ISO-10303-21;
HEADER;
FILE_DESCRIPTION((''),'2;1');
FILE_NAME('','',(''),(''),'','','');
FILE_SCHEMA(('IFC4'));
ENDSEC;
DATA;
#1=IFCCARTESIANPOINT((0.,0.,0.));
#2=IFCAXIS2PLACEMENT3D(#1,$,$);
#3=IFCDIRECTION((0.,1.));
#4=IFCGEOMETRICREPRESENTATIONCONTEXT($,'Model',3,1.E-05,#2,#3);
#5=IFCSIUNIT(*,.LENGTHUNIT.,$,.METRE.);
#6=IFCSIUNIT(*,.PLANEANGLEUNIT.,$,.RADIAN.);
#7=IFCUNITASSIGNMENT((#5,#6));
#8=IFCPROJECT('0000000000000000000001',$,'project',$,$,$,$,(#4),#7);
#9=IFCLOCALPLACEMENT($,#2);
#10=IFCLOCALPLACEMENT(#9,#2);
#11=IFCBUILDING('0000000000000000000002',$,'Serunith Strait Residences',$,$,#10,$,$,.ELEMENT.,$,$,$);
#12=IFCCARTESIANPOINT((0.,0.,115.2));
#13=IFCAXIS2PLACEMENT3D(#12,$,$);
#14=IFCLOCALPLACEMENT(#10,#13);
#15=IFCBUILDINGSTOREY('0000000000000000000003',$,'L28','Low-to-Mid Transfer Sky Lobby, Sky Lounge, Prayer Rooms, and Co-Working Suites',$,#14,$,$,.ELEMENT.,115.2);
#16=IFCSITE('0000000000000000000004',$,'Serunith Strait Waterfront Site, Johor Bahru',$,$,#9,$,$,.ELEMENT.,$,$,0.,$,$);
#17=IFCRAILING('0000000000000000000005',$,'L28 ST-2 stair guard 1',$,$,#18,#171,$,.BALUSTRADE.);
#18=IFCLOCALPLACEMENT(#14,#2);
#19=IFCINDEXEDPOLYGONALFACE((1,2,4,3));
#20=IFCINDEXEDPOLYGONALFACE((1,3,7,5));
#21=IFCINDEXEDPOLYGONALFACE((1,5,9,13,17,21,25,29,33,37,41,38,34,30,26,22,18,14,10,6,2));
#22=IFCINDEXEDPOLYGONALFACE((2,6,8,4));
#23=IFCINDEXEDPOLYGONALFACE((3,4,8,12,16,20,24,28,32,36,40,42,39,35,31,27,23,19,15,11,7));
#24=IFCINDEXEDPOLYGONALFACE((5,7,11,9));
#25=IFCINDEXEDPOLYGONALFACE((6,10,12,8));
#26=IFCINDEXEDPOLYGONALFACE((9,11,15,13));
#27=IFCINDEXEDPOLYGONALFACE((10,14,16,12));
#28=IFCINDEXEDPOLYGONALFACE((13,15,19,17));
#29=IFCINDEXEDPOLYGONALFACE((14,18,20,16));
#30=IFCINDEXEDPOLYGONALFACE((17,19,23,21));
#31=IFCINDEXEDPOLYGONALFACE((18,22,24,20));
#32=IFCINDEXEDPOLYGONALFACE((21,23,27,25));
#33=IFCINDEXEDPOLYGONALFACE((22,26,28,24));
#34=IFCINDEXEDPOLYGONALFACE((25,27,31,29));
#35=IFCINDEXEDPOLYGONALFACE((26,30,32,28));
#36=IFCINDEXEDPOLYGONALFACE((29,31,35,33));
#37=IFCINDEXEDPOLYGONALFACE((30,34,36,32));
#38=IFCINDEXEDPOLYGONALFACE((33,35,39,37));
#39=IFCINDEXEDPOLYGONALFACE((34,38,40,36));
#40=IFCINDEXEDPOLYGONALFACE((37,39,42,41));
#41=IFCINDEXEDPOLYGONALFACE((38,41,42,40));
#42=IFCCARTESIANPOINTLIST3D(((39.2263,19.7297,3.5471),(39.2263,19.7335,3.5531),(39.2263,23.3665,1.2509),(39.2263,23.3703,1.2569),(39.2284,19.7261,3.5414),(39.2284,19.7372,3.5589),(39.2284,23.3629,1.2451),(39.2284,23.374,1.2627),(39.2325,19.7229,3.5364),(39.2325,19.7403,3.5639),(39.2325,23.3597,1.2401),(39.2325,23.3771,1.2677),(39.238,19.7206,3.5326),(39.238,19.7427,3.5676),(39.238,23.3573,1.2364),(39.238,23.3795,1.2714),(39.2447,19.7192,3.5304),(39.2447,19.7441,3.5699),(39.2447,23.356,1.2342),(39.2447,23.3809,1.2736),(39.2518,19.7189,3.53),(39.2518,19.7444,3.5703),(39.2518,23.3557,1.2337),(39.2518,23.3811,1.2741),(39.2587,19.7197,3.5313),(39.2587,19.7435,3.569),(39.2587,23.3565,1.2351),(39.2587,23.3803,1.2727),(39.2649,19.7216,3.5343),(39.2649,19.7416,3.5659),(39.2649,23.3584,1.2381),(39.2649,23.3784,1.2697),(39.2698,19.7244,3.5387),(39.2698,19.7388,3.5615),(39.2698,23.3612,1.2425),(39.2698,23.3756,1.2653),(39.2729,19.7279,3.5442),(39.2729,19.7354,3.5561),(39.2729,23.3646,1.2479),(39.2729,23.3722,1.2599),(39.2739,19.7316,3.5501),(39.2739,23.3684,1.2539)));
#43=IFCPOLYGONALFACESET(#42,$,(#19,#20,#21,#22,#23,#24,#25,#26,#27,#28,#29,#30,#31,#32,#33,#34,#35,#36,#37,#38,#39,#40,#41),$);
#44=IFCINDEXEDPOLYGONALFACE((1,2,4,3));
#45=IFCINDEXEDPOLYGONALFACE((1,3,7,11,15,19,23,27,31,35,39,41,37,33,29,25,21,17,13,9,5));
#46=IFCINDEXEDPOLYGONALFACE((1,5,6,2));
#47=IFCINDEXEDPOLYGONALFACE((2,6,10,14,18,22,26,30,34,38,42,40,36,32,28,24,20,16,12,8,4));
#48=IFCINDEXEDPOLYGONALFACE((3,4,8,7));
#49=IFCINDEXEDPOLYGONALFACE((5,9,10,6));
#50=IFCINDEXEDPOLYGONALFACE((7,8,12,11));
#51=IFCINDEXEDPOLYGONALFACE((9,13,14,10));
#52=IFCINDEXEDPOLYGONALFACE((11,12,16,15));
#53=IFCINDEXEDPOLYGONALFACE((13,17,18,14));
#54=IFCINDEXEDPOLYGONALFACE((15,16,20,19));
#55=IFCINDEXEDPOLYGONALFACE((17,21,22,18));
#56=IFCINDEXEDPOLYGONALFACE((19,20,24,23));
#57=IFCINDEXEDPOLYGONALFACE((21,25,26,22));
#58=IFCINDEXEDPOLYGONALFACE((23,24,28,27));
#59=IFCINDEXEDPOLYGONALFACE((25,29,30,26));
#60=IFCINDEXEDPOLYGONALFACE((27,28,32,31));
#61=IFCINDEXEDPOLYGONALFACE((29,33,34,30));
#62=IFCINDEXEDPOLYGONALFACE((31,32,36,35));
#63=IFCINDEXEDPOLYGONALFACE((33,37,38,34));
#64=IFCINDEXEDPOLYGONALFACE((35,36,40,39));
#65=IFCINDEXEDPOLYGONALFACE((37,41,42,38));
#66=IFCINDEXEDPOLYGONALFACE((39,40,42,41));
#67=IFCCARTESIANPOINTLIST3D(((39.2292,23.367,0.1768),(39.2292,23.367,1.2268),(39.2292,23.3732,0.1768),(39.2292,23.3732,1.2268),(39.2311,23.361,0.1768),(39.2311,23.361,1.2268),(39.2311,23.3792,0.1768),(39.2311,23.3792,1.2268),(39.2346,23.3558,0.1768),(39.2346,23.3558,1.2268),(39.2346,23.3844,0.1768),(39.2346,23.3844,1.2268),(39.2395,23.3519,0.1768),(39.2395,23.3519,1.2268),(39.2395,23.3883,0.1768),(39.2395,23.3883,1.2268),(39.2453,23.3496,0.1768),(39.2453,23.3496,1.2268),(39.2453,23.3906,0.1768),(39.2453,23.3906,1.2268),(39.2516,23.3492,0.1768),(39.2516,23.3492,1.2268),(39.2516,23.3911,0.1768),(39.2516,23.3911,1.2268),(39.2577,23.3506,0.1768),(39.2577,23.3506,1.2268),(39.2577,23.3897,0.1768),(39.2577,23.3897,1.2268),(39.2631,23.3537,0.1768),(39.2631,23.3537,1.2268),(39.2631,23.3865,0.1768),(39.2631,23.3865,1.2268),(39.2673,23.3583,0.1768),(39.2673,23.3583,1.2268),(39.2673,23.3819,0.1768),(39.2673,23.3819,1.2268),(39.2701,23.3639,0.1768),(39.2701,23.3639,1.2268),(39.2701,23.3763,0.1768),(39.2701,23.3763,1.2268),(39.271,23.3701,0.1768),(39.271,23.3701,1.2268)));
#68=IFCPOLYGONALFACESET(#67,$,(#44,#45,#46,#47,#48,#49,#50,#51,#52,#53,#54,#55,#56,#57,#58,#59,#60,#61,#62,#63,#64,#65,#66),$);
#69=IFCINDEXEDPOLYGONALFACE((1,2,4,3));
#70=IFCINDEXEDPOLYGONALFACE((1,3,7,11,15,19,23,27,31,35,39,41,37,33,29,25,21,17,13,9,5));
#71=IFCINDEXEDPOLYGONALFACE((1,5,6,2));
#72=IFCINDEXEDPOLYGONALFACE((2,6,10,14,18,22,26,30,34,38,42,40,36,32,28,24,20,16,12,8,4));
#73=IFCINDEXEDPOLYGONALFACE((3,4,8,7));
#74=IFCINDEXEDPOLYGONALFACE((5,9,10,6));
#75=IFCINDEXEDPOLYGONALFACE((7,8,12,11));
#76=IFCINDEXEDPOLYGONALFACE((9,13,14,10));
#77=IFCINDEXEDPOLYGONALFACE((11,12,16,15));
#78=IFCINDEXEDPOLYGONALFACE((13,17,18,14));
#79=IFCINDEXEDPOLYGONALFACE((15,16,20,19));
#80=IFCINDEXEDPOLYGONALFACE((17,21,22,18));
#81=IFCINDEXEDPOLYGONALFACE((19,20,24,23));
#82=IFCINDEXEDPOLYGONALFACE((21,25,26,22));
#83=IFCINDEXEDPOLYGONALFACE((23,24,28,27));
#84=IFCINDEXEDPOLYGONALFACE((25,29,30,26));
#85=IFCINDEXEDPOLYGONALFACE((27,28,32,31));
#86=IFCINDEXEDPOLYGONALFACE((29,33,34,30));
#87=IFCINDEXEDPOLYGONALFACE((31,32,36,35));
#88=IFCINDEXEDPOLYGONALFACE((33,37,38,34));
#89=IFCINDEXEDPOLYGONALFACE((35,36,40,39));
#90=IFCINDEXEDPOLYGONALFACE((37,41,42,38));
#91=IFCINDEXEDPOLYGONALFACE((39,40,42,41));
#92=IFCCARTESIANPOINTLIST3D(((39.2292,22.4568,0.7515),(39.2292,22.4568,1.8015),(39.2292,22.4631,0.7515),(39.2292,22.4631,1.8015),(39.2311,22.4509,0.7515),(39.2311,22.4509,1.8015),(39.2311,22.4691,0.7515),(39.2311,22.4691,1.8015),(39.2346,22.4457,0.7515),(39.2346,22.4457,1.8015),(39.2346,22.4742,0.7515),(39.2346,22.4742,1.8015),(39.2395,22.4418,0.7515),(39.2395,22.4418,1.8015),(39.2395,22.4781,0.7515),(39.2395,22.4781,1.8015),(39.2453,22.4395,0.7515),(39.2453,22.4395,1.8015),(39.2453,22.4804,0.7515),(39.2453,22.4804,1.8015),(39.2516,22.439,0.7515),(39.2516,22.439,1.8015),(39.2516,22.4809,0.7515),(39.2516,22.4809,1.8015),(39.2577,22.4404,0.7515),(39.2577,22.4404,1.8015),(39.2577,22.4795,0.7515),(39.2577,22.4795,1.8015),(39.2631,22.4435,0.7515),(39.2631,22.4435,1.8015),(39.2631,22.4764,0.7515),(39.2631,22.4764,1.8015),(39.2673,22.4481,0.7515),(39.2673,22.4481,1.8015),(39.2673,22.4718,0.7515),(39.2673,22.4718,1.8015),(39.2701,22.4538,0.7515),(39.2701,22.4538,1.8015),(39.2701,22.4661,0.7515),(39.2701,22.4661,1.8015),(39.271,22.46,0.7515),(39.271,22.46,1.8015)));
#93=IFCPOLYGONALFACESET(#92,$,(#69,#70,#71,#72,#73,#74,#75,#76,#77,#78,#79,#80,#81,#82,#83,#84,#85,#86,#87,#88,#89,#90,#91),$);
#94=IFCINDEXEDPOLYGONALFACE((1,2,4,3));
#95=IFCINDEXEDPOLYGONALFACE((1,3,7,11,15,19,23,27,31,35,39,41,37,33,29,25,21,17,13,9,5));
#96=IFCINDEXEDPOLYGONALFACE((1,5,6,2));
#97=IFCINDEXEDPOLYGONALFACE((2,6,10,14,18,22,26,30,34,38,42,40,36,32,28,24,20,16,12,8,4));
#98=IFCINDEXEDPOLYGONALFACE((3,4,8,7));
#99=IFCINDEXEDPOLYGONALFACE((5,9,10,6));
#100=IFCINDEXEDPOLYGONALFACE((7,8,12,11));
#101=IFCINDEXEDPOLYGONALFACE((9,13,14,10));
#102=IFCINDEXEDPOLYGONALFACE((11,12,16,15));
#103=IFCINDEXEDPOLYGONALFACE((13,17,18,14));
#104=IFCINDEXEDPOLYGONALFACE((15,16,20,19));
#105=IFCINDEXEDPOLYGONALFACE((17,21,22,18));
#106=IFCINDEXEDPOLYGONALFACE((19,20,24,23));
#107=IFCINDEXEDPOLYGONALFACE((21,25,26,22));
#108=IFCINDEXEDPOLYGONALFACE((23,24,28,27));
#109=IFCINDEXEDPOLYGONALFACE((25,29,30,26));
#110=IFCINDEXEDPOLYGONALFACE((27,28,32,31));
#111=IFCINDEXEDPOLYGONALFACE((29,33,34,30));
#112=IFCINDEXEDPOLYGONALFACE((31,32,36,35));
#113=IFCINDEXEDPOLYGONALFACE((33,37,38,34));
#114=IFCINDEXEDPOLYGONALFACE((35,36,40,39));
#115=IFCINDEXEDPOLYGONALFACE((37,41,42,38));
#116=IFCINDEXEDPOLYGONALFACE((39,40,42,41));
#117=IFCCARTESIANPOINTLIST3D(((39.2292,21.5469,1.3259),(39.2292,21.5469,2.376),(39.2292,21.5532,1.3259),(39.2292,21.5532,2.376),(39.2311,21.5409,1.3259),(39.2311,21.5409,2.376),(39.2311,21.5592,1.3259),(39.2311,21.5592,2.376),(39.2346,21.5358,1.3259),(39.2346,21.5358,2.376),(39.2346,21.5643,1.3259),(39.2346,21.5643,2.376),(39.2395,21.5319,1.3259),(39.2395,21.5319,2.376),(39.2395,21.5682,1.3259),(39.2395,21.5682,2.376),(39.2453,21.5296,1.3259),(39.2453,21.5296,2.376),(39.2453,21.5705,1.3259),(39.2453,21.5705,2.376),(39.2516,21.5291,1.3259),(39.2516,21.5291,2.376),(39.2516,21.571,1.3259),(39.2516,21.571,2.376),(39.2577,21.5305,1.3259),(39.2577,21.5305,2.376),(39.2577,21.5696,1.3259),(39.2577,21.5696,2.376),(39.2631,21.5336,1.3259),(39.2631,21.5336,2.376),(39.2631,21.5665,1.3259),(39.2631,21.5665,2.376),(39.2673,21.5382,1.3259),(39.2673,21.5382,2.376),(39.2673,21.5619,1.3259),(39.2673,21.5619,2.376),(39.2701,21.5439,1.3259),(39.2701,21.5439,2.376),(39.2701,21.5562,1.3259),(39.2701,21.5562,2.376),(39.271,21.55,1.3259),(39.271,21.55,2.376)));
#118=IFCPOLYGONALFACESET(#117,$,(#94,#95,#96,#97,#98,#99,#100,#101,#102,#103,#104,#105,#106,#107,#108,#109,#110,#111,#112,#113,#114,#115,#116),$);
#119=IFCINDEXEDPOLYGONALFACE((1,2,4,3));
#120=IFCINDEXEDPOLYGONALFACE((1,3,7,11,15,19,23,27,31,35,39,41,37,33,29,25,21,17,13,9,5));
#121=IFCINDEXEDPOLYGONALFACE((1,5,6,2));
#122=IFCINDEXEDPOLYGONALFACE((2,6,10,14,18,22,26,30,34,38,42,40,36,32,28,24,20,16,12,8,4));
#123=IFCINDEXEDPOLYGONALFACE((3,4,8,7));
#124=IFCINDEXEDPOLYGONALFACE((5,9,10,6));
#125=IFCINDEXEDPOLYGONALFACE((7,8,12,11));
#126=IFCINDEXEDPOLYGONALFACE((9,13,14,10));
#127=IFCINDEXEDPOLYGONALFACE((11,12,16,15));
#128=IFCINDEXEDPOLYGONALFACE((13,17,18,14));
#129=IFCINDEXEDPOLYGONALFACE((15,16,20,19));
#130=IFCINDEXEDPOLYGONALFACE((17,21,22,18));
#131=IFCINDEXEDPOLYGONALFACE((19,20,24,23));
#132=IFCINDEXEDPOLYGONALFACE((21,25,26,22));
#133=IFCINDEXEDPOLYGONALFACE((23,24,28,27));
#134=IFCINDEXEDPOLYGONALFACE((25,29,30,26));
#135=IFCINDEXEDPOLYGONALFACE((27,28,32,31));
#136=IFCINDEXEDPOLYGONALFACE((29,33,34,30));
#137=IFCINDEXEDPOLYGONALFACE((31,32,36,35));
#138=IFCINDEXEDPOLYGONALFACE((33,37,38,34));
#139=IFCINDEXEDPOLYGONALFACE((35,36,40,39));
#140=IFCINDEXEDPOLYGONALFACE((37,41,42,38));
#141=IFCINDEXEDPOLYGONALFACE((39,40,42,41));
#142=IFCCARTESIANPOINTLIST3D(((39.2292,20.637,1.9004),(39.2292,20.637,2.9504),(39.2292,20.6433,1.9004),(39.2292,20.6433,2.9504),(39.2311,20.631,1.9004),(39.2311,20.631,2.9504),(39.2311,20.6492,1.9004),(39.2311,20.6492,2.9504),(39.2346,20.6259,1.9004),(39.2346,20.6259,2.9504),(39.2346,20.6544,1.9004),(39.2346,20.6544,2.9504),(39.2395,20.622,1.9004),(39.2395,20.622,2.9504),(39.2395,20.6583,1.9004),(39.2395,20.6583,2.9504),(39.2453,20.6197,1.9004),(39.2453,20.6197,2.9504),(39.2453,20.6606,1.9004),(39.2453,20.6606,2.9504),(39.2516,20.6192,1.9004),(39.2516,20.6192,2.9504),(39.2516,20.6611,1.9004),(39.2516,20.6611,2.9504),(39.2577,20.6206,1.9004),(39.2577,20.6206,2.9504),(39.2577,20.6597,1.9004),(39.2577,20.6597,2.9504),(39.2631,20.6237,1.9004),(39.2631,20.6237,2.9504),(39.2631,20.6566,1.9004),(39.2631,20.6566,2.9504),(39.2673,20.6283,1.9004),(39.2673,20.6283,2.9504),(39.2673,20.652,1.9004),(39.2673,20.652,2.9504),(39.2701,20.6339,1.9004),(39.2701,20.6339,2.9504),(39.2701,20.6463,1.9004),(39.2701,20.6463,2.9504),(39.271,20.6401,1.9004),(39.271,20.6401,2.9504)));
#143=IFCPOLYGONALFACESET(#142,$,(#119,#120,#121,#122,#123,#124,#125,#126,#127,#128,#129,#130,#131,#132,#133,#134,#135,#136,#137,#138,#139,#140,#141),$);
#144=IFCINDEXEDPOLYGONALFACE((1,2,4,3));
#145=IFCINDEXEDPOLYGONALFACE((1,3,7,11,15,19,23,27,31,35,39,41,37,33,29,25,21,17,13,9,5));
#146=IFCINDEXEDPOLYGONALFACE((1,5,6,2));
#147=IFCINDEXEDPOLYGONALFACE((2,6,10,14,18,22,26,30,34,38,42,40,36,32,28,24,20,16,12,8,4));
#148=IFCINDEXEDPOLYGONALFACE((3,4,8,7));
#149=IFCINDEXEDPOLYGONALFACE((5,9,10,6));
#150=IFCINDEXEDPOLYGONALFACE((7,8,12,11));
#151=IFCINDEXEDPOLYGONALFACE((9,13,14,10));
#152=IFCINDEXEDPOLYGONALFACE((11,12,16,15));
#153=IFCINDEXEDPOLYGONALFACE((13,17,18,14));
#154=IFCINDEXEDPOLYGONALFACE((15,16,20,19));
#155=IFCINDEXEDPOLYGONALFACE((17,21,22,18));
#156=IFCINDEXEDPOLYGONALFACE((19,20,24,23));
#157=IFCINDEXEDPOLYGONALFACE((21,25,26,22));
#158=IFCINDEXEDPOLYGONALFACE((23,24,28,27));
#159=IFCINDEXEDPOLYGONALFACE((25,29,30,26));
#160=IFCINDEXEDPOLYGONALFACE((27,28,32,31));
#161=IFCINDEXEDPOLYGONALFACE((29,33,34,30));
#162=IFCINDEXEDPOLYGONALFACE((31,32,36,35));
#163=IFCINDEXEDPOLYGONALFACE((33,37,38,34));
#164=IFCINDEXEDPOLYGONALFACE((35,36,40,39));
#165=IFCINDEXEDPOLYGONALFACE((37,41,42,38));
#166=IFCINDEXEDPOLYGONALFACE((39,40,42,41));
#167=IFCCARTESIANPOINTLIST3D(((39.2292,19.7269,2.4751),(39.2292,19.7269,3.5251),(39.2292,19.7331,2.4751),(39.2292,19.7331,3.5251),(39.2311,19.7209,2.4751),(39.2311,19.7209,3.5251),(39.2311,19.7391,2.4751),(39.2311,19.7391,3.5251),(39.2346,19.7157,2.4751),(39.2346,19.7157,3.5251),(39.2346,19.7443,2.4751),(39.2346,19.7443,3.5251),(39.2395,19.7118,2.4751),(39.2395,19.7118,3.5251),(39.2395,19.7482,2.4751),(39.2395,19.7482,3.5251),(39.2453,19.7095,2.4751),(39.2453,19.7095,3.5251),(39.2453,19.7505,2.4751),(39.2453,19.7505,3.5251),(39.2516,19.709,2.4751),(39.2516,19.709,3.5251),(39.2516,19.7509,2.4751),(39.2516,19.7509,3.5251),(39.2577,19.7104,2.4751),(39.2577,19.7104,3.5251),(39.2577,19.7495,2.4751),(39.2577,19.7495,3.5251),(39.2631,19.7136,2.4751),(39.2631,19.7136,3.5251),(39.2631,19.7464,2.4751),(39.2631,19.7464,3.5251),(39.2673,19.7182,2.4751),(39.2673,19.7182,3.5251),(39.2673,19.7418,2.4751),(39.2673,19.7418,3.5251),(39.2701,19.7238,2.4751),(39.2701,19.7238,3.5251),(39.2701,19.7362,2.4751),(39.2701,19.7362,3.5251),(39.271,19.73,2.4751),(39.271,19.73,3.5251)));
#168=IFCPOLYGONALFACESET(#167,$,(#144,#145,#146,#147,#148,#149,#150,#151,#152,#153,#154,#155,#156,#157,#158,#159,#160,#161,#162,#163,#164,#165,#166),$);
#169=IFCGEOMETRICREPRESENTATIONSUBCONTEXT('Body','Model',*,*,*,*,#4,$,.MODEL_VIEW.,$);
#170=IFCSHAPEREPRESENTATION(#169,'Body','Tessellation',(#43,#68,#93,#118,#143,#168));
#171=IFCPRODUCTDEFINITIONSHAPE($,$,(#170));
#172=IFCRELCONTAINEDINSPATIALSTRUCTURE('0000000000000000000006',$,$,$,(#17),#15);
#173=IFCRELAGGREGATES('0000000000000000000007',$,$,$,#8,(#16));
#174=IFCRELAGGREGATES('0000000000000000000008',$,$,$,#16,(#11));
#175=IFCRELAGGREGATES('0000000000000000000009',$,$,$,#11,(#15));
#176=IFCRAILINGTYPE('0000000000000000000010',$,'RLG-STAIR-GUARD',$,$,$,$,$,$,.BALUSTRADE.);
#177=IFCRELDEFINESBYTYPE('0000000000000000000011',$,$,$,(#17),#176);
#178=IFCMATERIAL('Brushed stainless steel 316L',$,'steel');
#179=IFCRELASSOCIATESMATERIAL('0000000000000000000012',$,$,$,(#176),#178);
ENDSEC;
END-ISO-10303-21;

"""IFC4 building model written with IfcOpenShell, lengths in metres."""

from ifc_helpers import new_model, si_unit, direction, frame, origin, origin_2d, place, context, subcontext, project, spatial, circle, extrude, material, type_object, element, save


model = new_model("IFC4")

# Units and contexts
model_context = context("Model", 3, precision=1e-05, world=origin(), true_north=direction((0.0, 1.0)))
body_context = subcontext(model_context, "Body", "Model", "MODEL_VIEW")
ifc_project = project(units=[si_unit("LENGTHUNIT", "METRE"), si_unit("PLANEANGLEUNIT", "RADIAN")], contexts=[model_context])

# Site, building, storey
site_placement = place(None, origin())
site = spatial("IfcSite", under=ifc_project, at=site_placement, Name="Serunith Strait Waterfront Site, Johor Bahru", CompositionType="ELEMENT", RefElevation=0.0)
building_placement = place(site_placement, origin())
building = spatial("IfcBuilding", under=site, at=building_placement, Name="Serunith Strait Residences", CompositionType="ELEMENT")
storey_placement = place(building_placement, frame((0.0, 0.0, 115.2)))
storey = spatial("IfcBuildingStorey", under=building, at=storey_placement, Name="L28", Description="Low-to-Mid Transfer Sky Lobby, Sky Lounge, Prayer Rooms, and Co-Working Suites", CompositionType="ELEMENT", Elevation=115.2)

# Railing
ifc_material_1 = material(Name="Brushed stainless steel 316L", Category="steel")
railing_type_1 = type_object("IfcRailingType", Name="RLG-STAIR-GUARD", PredefinedType="BALUSTRADE", material=ifc_material_1)
railing_1_placement = place(storey_placement, frame((39.25, 23.3701, 0.1768)))
element("IfcRailing", 1, at=railing_1_placement, inside=storey, type_object=railing_type_1, Name="L28 ST-2 stair guard 1", PredefinedType="BALUSTRADE", context=body_context, shape_type="SweptSolid", body=[
    extrude(circle(Radius=0.0239, at=origin_2d()), frame((0.0, -0.0017, 1.0771), z_axis=(0.0, -0.845562, 0.533878), x_axis=(1.0, 0.0, 0.0)), (0.0, 0.0, 1.0), 4.301),
    extrude(circle(Radius=0.021, at=origin_2d()), origin(), (0.0, 0.0, 1.0), 1.05),
    extrude(circle(Radius=0.021, at=origin_2d()), frame((0.0, -0.9102, 0.5747)), (0.0, 0.0, 1.0), 1.05),
    extrude(circle(Radius=0.021, at=origin_2d()), frame((0.0, -1.8201, 1.1492)), (0.0, 0.0, 1.0), 1.05),
    extrude(circle(Radius=0.021, at=origin_2d()), frame((0.0, -2.73, 1.7236)), (0.0, 0.0, 1.0), 1.05),
    extrude(circle(Radius=0.021, at=origin_2d()), frame((0.0, -3.6401, 2.2983)), (0.0, 0.0, 1.0), 1.05),
])

save(model, "model.ifc")
